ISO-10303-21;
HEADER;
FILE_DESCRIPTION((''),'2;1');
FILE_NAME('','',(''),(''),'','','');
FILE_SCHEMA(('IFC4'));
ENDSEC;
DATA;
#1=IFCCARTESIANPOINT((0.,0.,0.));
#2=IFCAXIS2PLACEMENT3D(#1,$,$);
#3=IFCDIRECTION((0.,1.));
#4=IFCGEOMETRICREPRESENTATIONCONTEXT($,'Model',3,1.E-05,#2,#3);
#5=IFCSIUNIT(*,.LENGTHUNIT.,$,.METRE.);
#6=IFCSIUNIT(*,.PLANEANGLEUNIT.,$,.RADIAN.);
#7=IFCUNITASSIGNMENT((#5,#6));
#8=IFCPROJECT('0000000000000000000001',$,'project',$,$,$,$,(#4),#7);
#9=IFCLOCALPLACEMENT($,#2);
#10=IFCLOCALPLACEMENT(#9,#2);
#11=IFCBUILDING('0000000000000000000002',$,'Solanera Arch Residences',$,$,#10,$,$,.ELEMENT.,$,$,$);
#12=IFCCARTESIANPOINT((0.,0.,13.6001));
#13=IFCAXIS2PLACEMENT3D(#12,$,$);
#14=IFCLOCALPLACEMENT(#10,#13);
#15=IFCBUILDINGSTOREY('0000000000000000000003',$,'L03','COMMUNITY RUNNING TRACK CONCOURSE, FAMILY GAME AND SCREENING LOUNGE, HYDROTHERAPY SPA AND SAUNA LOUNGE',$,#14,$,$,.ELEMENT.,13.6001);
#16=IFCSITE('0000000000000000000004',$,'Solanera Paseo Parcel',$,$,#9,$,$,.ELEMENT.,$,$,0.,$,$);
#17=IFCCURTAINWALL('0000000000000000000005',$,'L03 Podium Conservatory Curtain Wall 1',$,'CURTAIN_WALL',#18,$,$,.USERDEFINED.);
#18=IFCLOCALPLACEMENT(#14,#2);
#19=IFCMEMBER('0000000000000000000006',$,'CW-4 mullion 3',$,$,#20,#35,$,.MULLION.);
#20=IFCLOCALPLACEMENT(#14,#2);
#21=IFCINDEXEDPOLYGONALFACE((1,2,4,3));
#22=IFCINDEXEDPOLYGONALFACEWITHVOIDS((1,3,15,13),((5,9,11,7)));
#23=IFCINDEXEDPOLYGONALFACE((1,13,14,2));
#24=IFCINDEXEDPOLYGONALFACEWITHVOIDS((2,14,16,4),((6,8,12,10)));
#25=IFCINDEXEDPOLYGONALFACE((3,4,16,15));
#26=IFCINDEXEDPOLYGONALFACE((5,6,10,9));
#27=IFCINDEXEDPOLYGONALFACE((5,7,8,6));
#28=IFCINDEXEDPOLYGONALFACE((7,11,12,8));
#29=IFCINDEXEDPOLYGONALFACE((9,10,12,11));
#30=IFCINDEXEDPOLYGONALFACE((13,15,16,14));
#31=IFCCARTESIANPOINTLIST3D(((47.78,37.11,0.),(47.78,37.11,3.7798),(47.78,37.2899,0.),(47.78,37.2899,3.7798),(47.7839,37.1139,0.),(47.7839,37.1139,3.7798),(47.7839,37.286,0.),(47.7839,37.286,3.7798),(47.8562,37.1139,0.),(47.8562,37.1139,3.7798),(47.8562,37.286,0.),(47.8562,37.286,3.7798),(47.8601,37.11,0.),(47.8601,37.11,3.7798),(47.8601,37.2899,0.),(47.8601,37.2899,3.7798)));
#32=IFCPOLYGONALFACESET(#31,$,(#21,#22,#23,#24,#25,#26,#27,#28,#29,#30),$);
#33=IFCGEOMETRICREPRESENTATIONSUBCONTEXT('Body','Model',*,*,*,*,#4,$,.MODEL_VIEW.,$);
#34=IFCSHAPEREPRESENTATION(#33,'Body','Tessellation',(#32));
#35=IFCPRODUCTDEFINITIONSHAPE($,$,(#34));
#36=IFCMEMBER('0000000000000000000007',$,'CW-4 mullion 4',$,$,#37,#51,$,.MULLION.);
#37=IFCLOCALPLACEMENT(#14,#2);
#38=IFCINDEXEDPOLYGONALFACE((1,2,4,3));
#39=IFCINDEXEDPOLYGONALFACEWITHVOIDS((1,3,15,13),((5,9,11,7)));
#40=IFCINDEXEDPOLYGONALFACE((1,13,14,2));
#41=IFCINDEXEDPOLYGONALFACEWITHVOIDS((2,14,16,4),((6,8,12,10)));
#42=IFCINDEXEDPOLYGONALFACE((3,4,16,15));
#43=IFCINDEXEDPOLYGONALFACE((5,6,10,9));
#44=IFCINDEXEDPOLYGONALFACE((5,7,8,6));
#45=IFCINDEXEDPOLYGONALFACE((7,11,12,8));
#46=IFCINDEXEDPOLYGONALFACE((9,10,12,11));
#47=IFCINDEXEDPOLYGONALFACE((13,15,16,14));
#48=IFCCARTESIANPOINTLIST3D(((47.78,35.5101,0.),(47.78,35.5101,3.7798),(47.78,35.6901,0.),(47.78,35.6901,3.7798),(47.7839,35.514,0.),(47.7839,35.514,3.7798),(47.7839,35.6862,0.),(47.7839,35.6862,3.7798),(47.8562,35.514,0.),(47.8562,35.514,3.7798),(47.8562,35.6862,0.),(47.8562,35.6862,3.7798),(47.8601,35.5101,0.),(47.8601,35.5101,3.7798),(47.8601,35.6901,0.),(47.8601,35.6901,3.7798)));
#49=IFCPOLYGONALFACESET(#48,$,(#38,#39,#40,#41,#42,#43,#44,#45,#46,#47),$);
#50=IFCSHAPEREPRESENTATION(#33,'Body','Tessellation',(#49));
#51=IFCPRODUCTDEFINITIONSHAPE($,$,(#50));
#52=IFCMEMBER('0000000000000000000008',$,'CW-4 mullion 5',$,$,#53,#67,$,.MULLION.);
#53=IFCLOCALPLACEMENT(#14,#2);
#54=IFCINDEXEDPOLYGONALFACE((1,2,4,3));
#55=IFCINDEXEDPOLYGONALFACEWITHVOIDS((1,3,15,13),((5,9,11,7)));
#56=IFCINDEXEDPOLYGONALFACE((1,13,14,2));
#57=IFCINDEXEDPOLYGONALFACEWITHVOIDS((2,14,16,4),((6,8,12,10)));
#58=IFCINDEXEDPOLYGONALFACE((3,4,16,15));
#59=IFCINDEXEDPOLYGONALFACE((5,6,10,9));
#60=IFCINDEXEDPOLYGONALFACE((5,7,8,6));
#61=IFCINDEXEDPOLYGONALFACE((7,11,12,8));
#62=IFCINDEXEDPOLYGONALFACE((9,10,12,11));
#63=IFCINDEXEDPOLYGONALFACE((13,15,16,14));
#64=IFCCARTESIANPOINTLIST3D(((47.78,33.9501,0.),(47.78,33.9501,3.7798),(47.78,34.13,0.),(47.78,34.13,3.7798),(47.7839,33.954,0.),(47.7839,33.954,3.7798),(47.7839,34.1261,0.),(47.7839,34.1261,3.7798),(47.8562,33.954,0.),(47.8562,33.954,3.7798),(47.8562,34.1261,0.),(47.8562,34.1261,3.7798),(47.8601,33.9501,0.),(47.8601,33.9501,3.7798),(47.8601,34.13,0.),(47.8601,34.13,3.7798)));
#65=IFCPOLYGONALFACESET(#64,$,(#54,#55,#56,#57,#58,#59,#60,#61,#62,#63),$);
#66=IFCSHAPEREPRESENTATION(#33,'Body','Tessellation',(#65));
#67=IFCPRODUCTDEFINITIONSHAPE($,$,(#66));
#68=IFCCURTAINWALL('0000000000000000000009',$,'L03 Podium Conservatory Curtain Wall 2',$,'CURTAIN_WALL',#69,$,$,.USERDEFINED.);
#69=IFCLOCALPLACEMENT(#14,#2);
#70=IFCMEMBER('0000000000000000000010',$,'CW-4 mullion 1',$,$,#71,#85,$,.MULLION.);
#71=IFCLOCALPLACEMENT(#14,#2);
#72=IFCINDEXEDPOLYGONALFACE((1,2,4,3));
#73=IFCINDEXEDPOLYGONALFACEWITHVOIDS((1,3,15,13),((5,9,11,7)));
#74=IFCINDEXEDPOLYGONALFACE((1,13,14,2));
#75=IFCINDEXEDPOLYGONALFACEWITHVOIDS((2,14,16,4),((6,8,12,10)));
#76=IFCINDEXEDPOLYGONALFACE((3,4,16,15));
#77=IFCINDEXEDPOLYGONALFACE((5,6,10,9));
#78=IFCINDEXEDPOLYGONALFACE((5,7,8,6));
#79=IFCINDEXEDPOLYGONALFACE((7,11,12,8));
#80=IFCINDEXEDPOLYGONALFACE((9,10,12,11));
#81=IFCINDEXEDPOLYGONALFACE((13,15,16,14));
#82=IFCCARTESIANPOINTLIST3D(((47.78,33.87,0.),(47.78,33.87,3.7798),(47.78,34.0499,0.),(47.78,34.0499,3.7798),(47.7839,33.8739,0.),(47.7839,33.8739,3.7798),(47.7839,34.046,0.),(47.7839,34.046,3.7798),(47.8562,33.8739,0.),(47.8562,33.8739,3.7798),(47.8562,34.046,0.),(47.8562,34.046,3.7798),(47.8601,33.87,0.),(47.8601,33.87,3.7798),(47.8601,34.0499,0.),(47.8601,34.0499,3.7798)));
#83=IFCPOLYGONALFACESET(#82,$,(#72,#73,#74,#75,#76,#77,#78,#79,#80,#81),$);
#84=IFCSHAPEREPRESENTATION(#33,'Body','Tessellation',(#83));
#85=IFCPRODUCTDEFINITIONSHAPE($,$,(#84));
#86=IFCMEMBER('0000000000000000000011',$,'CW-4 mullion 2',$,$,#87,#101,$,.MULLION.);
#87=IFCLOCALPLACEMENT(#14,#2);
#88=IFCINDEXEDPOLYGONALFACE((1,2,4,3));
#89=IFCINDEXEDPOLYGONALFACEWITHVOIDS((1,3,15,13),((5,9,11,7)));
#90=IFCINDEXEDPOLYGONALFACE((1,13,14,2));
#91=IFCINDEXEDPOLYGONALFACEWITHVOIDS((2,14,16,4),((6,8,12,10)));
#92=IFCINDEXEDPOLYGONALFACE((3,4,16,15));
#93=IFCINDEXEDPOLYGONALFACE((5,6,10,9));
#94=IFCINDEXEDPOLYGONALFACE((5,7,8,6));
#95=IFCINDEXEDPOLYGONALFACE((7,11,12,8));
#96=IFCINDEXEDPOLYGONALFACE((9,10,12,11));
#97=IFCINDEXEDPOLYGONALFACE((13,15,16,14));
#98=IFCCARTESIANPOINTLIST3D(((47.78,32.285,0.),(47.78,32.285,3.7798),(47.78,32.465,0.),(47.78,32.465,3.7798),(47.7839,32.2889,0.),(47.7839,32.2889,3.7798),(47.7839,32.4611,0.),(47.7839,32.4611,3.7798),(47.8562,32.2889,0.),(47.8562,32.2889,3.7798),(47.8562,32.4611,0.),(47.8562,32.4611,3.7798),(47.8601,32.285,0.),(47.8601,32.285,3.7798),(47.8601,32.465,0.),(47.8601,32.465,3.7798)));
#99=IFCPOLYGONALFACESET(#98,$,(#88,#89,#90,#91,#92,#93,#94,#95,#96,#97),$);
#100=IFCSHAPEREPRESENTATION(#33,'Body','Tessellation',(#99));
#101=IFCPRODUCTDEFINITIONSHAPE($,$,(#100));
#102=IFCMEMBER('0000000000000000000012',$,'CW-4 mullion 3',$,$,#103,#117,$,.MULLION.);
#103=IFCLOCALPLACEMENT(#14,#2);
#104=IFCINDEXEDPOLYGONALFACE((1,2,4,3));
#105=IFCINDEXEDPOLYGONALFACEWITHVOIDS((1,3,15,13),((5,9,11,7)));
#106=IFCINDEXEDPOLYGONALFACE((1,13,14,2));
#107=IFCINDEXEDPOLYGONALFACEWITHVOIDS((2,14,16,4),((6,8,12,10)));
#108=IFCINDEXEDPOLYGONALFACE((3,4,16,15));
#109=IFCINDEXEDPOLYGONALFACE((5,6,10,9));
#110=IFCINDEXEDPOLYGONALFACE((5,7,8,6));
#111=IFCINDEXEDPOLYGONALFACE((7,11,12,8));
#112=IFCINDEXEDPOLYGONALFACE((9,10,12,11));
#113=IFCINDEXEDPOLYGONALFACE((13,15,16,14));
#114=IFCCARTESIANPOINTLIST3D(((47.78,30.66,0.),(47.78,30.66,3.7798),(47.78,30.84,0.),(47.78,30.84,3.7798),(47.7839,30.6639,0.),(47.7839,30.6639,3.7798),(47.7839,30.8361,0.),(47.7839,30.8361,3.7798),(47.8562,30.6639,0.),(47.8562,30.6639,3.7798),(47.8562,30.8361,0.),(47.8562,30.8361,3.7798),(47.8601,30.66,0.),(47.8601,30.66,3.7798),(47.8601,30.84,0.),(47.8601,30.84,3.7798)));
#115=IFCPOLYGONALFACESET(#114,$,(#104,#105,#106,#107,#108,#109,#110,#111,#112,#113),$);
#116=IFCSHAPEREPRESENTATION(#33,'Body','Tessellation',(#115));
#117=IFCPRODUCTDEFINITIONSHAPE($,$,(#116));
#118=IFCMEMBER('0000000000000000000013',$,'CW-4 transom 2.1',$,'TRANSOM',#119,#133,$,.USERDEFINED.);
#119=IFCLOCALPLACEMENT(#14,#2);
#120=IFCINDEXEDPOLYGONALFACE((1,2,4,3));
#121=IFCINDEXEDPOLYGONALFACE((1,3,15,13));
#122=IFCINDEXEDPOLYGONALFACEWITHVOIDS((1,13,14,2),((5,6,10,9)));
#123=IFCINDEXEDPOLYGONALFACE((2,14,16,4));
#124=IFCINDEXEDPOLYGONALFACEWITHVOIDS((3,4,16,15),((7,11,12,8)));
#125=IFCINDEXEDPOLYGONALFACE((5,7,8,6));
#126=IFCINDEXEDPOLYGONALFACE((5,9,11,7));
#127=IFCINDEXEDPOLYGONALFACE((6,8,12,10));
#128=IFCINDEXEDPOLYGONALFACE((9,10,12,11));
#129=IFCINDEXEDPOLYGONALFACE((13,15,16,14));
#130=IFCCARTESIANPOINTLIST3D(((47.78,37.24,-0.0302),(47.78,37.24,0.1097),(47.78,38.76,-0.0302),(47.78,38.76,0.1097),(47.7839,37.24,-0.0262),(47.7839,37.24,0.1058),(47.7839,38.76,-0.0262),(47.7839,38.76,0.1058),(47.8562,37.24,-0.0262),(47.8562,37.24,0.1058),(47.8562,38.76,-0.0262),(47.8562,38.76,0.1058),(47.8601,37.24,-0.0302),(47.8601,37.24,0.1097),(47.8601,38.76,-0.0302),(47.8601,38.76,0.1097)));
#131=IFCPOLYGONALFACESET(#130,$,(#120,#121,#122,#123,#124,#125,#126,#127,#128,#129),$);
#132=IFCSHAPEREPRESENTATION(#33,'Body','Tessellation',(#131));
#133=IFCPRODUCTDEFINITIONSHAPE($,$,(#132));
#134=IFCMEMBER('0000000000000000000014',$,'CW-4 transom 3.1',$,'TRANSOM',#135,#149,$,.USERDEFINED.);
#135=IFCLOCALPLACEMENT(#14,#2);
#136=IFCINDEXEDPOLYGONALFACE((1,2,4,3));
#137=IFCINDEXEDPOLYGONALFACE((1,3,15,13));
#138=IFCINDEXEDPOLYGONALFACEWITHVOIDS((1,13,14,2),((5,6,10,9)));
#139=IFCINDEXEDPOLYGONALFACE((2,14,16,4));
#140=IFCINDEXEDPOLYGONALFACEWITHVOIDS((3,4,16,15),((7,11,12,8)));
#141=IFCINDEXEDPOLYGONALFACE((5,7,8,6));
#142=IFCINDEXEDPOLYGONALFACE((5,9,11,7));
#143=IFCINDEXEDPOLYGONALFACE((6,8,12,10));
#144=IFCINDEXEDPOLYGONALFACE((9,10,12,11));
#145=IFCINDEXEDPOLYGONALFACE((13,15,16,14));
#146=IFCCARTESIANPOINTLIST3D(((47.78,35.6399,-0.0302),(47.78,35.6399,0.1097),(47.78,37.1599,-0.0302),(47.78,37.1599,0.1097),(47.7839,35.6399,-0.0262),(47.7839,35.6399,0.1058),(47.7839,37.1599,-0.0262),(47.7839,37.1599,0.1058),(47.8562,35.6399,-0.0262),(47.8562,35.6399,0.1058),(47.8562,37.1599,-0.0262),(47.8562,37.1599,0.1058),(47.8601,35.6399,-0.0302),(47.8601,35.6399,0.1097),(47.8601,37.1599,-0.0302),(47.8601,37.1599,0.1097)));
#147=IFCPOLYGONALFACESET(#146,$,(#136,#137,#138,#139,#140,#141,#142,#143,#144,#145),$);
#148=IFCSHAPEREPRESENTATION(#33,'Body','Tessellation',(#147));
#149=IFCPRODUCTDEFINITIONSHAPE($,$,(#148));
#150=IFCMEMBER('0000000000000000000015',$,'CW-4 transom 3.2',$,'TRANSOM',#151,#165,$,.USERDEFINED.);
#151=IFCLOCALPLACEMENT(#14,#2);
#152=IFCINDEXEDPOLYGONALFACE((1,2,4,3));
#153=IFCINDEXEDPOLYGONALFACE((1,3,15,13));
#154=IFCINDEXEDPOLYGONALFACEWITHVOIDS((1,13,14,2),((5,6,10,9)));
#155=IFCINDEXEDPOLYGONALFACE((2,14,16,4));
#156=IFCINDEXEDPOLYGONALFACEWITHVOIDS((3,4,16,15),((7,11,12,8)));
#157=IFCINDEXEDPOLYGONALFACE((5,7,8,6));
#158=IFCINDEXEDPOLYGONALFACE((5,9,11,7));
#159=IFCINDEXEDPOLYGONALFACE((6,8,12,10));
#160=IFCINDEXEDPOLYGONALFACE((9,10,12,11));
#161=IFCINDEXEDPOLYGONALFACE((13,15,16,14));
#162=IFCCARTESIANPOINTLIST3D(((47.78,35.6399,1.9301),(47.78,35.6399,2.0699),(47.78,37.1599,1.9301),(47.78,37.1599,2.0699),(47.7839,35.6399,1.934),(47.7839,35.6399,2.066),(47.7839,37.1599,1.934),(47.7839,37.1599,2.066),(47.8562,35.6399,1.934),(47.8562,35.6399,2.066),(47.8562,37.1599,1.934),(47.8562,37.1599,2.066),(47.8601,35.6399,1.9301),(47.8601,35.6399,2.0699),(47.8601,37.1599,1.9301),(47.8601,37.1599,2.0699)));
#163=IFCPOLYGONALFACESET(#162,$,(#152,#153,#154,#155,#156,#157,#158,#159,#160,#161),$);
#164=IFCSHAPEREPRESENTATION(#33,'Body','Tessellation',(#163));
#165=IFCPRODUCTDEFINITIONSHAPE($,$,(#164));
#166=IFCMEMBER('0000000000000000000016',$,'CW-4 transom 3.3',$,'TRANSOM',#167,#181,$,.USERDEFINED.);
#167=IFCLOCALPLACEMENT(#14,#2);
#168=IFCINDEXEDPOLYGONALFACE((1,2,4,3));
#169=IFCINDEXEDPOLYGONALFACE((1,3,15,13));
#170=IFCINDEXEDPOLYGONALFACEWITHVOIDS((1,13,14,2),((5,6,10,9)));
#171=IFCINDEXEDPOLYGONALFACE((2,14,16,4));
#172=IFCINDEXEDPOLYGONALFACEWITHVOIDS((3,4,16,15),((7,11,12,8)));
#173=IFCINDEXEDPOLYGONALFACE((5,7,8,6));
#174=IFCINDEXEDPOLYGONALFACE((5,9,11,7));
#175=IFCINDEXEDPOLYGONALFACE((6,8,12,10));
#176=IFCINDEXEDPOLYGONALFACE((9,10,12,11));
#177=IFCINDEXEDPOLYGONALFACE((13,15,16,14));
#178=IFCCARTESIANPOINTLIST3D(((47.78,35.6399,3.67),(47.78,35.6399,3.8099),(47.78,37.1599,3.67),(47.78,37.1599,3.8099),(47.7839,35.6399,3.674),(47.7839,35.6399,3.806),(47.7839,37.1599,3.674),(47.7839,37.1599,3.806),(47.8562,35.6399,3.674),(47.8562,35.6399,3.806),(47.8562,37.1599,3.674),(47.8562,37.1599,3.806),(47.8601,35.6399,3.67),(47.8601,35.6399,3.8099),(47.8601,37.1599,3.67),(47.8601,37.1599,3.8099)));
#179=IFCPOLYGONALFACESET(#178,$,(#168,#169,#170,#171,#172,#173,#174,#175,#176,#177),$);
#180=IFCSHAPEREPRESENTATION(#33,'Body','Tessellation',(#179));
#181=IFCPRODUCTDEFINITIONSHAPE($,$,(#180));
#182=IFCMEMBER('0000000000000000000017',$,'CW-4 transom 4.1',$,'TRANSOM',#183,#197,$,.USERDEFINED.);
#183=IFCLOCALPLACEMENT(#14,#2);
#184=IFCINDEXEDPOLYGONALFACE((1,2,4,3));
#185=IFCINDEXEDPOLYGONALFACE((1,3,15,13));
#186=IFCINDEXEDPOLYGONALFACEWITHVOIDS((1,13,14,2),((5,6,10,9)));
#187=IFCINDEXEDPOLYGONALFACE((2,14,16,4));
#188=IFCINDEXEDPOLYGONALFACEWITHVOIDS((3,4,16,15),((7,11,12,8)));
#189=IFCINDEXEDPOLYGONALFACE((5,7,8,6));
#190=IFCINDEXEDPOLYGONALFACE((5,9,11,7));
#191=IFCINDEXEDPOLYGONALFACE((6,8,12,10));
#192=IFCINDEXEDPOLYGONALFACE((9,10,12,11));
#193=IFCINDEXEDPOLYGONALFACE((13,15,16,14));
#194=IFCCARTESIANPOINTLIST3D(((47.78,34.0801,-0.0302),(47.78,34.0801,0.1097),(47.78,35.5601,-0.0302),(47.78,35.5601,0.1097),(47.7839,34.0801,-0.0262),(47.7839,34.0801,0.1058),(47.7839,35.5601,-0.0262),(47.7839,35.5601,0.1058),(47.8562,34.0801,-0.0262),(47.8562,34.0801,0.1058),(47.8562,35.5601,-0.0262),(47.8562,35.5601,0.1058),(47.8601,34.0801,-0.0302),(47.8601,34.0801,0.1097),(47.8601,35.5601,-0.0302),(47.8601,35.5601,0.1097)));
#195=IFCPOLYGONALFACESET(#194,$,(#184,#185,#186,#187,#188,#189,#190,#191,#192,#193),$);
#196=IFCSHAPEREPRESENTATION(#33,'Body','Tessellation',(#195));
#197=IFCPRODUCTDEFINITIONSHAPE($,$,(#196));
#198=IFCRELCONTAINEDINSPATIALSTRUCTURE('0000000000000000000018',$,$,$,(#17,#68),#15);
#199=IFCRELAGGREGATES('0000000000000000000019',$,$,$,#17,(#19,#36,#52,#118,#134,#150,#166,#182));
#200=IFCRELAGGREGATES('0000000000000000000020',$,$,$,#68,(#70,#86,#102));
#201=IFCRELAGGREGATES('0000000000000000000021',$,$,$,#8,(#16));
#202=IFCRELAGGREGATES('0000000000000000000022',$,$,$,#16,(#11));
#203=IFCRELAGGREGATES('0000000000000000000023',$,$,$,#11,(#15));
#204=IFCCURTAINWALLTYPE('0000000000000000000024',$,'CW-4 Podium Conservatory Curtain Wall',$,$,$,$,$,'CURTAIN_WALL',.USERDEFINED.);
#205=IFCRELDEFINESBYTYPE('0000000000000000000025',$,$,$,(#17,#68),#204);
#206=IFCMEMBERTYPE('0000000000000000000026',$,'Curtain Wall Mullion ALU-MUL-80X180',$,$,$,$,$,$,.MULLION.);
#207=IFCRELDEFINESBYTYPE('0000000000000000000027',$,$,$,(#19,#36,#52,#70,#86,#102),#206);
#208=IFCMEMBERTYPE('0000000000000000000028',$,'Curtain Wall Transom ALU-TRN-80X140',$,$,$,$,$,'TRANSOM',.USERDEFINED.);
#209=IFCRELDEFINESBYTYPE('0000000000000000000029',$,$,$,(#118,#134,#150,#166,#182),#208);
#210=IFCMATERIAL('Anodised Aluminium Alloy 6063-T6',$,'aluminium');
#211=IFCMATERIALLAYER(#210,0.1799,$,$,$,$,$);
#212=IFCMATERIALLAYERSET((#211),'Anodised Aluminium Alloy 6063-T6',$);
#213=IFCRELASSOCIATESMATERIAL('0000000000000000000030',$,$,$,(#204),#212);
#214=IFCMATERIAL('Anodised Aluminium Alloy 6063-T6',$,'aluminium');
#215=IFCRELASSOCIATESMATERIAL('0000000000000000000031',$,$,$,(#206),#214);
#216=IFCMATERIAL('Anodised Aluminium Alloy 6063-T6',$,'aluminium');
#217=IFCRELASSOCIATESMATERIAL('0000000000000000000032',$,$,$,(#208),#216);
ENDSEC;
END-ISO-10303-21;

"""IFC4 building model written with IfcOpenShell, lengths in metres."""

from ifc_helpers import new_model, si_unit, direction, frame, origin, origin_2d, place, context, subcontext, project, spatial, hollow_rectangle, extrude, material, layer, layer_set, material_profile, profile_set, type_object, element, aggregate, save


model = new_model("IFC4")

# Units and contexts
model_context = context("Model", 3, precision=1e-05, world=origin(), true_north=direction((0.0, 1.0)))
body_context = subcontext(model_context, "Body", "Model", "MODEL_VIEW")
ifc_project = project(units=[si_unit("LENGTHUNIT", "METRE"), si_unit("PLANEANGLEUNIT", "RADIAN")], contexts=[model_context])

# Site, building, storey
site_placement = place(None, origin())
site = spatial("IfcSite", under=ifc_project, at=site_placement, Name="Solanera Paseo Parcel", CompositionType="ELEMENT", RefElevation=0.0)
building_placement = place(site_placement, origin())
building = spatial("IfcBuilding", under=site, at=building_placement, Name="Solanera Arch Residences", CompositionType="ELEMENT")
storey_placement = place(building_placement, frame((0.0, 0.0, 13.6001)))
storey = spatial("IfcBuildingStorey", under=building, at=storey_placement, Name="L03", Description="COMMUNITY RUNNING TRACK CONCOURSE, FAMILY GAME AND SCREENING LOUNGE, HYDROTHERAPY SPA AND SAUNA LOUNGE", CompositionType="ELEMENT", Elevation=13.6001)

# Curtain walls, members
ifc_material_1 = material(Name="Anodised Aluminium Alloy 6063-T6", Category="aluminium")
ifc_layer_1 = layer(ifc_material_1, 0.1799)
ifc_layer_set_1 = layer_set([ifc_layer_1], Name="Anodised Aluminium Alloy 6063-T6")
curtain_wall_type = type_object("IfcCurtainWallType", Name="CW-4 Podium Conservatory Curtain Wall", ElementType="CURTAIN_WALL", PredefinedType="USERDEFINED", material=ifc_layer_set_1)
curtain_wall_1_placement = place(storey_placement, origin())
curtain_wall_1 = element("IfcCurtainWall", 1, at=curtain_wall_1_placement, inside=storey, type_object=curtain_wall_type, Name="L03 Podium Conservatory Curtain Wall 1", ObjectType="CURTAIN_WALL", PredefinedType="USERDEFINED")
ifc_material_2 = material(Name="Anodised Aluminium Alloy 6063-T6", Category="aluminium")
ifc_material_profile_1 = material_profile(ifc_material_2, hollow_rectangle(XDim=0.0801, YDim=0.1799, WallThickness=0.0039, at=origin_2d()))
ifc_profile_set_1 = profile_set([ifc_material_profile_1], Name="Anodised Aluminium Alloy 6063-T6")
member_type_1 = type_object("IfcMemberType", Name="Curtain Wall Mullion ALU-MUL-80X180", PredefinedType="MULLION", material=ifc_profile_set_1)
member_1_placement = place(storey_placement, frame((47.8201, 37.2, 0.0), z_axis=(0.0, 0.0, 1.0), x_axis=(1.0, 0.0, 0.0)))
member_1 = element("IfcMember", 2, at=member_1_placement, type_object=member_type_1, Name="CW-4 mullion 3", PredefinedType="MULLION", context=body_context, shape_type="SweptSolid", body=[
    extrude(hollow_rectangle(XDim=0.0801, YDim=0.1799, WallThickness=0.0039, at=origin_2d()), origin(), (0.0, 0.0, 1.0), 3.7798),
])
member_2_placement = place(storey_placement, frame((47.8201, 35.6001, 0.0), z_axis=(0.0, 0.0, 1.0), x_axis=(1.0, 0.0, 0.0)))
member_2 = element("IfcMember", 3, at=member_2_placement, type_object=member_type_1, Name="CW-4 mullion 4", PredefinedType="MULLION", context=body_context, shape_type="SweptSolid", body=[
    extrude(hollow_rectangle(XDim=0.0801, YDim=0.1799, WallThickness=0.0039, at=origin_2d()), origin(), (0.0, 0.0, 1.0), 3.7798),
])
member_3_placement = place(storey_placement, frame((47.8201, 34.04, 0.0), z_axis=(0.0, 0.0, 1.0), x_axis=(1.0, 0.0, 0.0)))
member_3 = element("IfcMember", 4, at=member_3_placement, type_object=member_type_1, Name="CW-4 mullion 5", PredefinedType="MULLION", context=body_context, shape_type="SweptSolid", body=[
    extrude(hollow_rectangle(XDim=0.0801, YDim=0.1799, WallThickness=0.0039, at=origin_2d()), origin(), (0.0, 0.0, 1.0), 3.7798),
])
curtain_wall_2_placement = place(storey_placement, origin())
curtain_wall_2 = element("IfcCurtainWall", 5, at=curtain_wall_2_placement, inside=storey, type_object=curtain_wall_type, Name="L03 Podium Conservatory Curtain Wall 2", ObjectType="CURTAIN_WALL", PredefinedType="USERDEFINED")
member_4_placement = place(storey_placement, frame((47.8201, 33.96, 0.0), z_axis=(0.0, 0.0, 1.0), x_axis=(1.0, 0.0, 0.0)))
member_4 = element("IfcMember", 6, at=member_4_placement, type_object=member_type_1, Name="CW-4 mullion 1", PredefinedType="MULLION", context=body_context, shape_type="SweptSolid", body=[
    extrude(hollow_rectangle(XDim=0.0801, YDim=0.1799, WallThickness=0.0039, at=origin_2d()), origin(), (0.0, 0.0, 1.0), 3.7798),
])
member_5_placement = place(storey_placement, frame((47.8201, 32.375, 0.0), z_axis=(0.0, 0.0, 1.0), x_axis=(1.0, 0.0, 0.0)))
member_5 = element("IfcMember", 7, at=member_5_placement, type_object=member_type_1, Name="CW-4 mullion 2", PredefinedType="MULLION", context=body_context, shape_type="SweptSolid", body=[
    extrude(hollow_rectangle(XDim=0.0801, YDim=0.1799, WallThickness=0.0039, at=origin_2d()), origin(), (0.0, 0.0, 1.0), 3.7798),
])
member_6_placement = place(storey_placement, frame((47.8201, 30.75, 0.0), z_axis=(0.0, 0.0, 1.0), x_axis=(1.0, 0.0, 0.0)))
member_6 = element("IfcMember", 8, at=member_6_placement, type_object=member_type_1, Name="CW-4 mullion 3", PredefinedType="MULLION", context=body_context, shape_type="SweptSolid", body=[
    extrude(hollow_rectangle(XDim=0.0801, YDim=0.1799, WallThickness=0.0039, at=origin_2d()), origin(), (0.0, 0.0, 1.0), 3.7798),
])

# Members
ifc_material_3 = material(Name="Anodised Aluminium Alloy 6063-T6", Category="aluminium")
ifc_material_profile_2 = material_profile(ifc_material_3, hollow_rectangle(XDim=0.0801, YDim=0.1399, WallThickness=0.0039, at=origin_2d()))
ifc_profile_set_2 = profile_set([ifc_material_profile_2], Name="Anodised Aluminium Alloy 6063-T6")
member_type_2 = type_object("IfcMemberType", Name="Curtain Wall Transom ALU-TRN-80X140", ElementType="TRANSOM", PredefinedType="USERDEFINED", material=ifc_profile_set_2)
member_7_placement = place(storey_placement, frame((47.8201, 38.76, 0.0398), z_axis=(0.0, -1.0, 0.0), x_axis=(1.0, 0.0, 0.0)))
member_7 = element("IfcMember", 9, at=member_7_placement, type_object=member_type_2, Name="CW-4 transom 2.1", ObjectType="TRANSOM", PredefinedType="USERDEFINED", context=body_context, shape_type="SweptSolid", body=[
    extrude(hollow_rectangle(XDim=0.0801, YDim=0.1399, WallThickness=0.0039, at=origin_2d()), origin(), (0.0, 0.0, 1.0), 1.52),
])
member_8_placement = place(storey_placement, frame((47.8201, 37.1599, 0.0398), z_axis=(0.0, -1.0, 0.0), x_axis=(1.0, 0.0, 0.0)))
member_8 = element("IfcMember", 10, at=member_8_placement, type_object=member_type_2, Name="CW-4 transom 3.1", ObjectType="TRANSOM", PredefinedType="USERDEFINED", context=body_context, shape_type="SweptSolid", body=[
    extrude(hollow_rectangle(XDim=0.0801, YDim=0.1399, WallThickness=0.0039, at=origin_2d()), origin(), (0.0, 0.0, 1.0), 1.52),
])
member_9_placement = place(storey_placement, frame((47.8201, 37.1599, 2.0), z_axis=(0.0, -1.0, 0.0), x_axis=(1.0, 0.0, 0.0)))
member_9 = element("IfcMember", 11, at=member_9_placement, type_object=member_type_2, Name="CW-4 transom 3.2", ObjectType="TRANSOM", PredefinedType="USERDEFINED", context=body_context, shape_type="SweptSolid", body=[
    extrude(hollow_rectangle(XDim=0.0801, YDim=0.1399, WallThickness=0.0039, at=origin_2d()), origin(), (0.0, 0.0, 1.0), 1.52),
])
member_10_placement = place(storey_placement, frame((47.8201, 37.1599, 3.74), z_axis=(0.0, -1.0, 0.0), x_axis=(1.0, 0.0, 0.0)))
member_10 = element("IfcMember", 12, at=member_10_placement, type_object=member_type_2, Name="CW-4 transom 3.3", ObjectType="TRANSOM", PredefinedType="USERDEFINED", context=body_context, shape_type="SweptSolid", body=[
    extrude(hollow_rectangle(XDim=0.0801, YDim=0.1399, WallThickness=0.0039, at=origin_2d()), origin(), (0.0, 0.0, 1.0), 1.52),
])
member_11_placement = place(storey_placement, frame((47.8201, 35.5601, 0.0398), z_axis=(0.0, -1.0, 0.0), x_axis=(1.0, 0.0, 0.0)))
member_11 = element("IfcMember", 13, at=member_11_placement, type_object=member_type_2, Name="CW-4 transom 4.1", ObjectType="TRANSOM", PredefinedType="USERDEFINED", context=body_context, shape_type="SweptSolid", body=[
    extrude(hollow_rectangle(XDim=0.0801, YDim=0.1399, WallThickness=0.0039, at=origin_2d()), origin(), (0.0, 0.0, 1.0), 1.48),
])

aggregate(curtain_wall_1, [member_1, member_2, member_3, member_7, member_8, member_9, member_10, member_11])
aggregate(curtain_wall_2, [member_4, member_5, member_6])

save(model, "model.ifc")
